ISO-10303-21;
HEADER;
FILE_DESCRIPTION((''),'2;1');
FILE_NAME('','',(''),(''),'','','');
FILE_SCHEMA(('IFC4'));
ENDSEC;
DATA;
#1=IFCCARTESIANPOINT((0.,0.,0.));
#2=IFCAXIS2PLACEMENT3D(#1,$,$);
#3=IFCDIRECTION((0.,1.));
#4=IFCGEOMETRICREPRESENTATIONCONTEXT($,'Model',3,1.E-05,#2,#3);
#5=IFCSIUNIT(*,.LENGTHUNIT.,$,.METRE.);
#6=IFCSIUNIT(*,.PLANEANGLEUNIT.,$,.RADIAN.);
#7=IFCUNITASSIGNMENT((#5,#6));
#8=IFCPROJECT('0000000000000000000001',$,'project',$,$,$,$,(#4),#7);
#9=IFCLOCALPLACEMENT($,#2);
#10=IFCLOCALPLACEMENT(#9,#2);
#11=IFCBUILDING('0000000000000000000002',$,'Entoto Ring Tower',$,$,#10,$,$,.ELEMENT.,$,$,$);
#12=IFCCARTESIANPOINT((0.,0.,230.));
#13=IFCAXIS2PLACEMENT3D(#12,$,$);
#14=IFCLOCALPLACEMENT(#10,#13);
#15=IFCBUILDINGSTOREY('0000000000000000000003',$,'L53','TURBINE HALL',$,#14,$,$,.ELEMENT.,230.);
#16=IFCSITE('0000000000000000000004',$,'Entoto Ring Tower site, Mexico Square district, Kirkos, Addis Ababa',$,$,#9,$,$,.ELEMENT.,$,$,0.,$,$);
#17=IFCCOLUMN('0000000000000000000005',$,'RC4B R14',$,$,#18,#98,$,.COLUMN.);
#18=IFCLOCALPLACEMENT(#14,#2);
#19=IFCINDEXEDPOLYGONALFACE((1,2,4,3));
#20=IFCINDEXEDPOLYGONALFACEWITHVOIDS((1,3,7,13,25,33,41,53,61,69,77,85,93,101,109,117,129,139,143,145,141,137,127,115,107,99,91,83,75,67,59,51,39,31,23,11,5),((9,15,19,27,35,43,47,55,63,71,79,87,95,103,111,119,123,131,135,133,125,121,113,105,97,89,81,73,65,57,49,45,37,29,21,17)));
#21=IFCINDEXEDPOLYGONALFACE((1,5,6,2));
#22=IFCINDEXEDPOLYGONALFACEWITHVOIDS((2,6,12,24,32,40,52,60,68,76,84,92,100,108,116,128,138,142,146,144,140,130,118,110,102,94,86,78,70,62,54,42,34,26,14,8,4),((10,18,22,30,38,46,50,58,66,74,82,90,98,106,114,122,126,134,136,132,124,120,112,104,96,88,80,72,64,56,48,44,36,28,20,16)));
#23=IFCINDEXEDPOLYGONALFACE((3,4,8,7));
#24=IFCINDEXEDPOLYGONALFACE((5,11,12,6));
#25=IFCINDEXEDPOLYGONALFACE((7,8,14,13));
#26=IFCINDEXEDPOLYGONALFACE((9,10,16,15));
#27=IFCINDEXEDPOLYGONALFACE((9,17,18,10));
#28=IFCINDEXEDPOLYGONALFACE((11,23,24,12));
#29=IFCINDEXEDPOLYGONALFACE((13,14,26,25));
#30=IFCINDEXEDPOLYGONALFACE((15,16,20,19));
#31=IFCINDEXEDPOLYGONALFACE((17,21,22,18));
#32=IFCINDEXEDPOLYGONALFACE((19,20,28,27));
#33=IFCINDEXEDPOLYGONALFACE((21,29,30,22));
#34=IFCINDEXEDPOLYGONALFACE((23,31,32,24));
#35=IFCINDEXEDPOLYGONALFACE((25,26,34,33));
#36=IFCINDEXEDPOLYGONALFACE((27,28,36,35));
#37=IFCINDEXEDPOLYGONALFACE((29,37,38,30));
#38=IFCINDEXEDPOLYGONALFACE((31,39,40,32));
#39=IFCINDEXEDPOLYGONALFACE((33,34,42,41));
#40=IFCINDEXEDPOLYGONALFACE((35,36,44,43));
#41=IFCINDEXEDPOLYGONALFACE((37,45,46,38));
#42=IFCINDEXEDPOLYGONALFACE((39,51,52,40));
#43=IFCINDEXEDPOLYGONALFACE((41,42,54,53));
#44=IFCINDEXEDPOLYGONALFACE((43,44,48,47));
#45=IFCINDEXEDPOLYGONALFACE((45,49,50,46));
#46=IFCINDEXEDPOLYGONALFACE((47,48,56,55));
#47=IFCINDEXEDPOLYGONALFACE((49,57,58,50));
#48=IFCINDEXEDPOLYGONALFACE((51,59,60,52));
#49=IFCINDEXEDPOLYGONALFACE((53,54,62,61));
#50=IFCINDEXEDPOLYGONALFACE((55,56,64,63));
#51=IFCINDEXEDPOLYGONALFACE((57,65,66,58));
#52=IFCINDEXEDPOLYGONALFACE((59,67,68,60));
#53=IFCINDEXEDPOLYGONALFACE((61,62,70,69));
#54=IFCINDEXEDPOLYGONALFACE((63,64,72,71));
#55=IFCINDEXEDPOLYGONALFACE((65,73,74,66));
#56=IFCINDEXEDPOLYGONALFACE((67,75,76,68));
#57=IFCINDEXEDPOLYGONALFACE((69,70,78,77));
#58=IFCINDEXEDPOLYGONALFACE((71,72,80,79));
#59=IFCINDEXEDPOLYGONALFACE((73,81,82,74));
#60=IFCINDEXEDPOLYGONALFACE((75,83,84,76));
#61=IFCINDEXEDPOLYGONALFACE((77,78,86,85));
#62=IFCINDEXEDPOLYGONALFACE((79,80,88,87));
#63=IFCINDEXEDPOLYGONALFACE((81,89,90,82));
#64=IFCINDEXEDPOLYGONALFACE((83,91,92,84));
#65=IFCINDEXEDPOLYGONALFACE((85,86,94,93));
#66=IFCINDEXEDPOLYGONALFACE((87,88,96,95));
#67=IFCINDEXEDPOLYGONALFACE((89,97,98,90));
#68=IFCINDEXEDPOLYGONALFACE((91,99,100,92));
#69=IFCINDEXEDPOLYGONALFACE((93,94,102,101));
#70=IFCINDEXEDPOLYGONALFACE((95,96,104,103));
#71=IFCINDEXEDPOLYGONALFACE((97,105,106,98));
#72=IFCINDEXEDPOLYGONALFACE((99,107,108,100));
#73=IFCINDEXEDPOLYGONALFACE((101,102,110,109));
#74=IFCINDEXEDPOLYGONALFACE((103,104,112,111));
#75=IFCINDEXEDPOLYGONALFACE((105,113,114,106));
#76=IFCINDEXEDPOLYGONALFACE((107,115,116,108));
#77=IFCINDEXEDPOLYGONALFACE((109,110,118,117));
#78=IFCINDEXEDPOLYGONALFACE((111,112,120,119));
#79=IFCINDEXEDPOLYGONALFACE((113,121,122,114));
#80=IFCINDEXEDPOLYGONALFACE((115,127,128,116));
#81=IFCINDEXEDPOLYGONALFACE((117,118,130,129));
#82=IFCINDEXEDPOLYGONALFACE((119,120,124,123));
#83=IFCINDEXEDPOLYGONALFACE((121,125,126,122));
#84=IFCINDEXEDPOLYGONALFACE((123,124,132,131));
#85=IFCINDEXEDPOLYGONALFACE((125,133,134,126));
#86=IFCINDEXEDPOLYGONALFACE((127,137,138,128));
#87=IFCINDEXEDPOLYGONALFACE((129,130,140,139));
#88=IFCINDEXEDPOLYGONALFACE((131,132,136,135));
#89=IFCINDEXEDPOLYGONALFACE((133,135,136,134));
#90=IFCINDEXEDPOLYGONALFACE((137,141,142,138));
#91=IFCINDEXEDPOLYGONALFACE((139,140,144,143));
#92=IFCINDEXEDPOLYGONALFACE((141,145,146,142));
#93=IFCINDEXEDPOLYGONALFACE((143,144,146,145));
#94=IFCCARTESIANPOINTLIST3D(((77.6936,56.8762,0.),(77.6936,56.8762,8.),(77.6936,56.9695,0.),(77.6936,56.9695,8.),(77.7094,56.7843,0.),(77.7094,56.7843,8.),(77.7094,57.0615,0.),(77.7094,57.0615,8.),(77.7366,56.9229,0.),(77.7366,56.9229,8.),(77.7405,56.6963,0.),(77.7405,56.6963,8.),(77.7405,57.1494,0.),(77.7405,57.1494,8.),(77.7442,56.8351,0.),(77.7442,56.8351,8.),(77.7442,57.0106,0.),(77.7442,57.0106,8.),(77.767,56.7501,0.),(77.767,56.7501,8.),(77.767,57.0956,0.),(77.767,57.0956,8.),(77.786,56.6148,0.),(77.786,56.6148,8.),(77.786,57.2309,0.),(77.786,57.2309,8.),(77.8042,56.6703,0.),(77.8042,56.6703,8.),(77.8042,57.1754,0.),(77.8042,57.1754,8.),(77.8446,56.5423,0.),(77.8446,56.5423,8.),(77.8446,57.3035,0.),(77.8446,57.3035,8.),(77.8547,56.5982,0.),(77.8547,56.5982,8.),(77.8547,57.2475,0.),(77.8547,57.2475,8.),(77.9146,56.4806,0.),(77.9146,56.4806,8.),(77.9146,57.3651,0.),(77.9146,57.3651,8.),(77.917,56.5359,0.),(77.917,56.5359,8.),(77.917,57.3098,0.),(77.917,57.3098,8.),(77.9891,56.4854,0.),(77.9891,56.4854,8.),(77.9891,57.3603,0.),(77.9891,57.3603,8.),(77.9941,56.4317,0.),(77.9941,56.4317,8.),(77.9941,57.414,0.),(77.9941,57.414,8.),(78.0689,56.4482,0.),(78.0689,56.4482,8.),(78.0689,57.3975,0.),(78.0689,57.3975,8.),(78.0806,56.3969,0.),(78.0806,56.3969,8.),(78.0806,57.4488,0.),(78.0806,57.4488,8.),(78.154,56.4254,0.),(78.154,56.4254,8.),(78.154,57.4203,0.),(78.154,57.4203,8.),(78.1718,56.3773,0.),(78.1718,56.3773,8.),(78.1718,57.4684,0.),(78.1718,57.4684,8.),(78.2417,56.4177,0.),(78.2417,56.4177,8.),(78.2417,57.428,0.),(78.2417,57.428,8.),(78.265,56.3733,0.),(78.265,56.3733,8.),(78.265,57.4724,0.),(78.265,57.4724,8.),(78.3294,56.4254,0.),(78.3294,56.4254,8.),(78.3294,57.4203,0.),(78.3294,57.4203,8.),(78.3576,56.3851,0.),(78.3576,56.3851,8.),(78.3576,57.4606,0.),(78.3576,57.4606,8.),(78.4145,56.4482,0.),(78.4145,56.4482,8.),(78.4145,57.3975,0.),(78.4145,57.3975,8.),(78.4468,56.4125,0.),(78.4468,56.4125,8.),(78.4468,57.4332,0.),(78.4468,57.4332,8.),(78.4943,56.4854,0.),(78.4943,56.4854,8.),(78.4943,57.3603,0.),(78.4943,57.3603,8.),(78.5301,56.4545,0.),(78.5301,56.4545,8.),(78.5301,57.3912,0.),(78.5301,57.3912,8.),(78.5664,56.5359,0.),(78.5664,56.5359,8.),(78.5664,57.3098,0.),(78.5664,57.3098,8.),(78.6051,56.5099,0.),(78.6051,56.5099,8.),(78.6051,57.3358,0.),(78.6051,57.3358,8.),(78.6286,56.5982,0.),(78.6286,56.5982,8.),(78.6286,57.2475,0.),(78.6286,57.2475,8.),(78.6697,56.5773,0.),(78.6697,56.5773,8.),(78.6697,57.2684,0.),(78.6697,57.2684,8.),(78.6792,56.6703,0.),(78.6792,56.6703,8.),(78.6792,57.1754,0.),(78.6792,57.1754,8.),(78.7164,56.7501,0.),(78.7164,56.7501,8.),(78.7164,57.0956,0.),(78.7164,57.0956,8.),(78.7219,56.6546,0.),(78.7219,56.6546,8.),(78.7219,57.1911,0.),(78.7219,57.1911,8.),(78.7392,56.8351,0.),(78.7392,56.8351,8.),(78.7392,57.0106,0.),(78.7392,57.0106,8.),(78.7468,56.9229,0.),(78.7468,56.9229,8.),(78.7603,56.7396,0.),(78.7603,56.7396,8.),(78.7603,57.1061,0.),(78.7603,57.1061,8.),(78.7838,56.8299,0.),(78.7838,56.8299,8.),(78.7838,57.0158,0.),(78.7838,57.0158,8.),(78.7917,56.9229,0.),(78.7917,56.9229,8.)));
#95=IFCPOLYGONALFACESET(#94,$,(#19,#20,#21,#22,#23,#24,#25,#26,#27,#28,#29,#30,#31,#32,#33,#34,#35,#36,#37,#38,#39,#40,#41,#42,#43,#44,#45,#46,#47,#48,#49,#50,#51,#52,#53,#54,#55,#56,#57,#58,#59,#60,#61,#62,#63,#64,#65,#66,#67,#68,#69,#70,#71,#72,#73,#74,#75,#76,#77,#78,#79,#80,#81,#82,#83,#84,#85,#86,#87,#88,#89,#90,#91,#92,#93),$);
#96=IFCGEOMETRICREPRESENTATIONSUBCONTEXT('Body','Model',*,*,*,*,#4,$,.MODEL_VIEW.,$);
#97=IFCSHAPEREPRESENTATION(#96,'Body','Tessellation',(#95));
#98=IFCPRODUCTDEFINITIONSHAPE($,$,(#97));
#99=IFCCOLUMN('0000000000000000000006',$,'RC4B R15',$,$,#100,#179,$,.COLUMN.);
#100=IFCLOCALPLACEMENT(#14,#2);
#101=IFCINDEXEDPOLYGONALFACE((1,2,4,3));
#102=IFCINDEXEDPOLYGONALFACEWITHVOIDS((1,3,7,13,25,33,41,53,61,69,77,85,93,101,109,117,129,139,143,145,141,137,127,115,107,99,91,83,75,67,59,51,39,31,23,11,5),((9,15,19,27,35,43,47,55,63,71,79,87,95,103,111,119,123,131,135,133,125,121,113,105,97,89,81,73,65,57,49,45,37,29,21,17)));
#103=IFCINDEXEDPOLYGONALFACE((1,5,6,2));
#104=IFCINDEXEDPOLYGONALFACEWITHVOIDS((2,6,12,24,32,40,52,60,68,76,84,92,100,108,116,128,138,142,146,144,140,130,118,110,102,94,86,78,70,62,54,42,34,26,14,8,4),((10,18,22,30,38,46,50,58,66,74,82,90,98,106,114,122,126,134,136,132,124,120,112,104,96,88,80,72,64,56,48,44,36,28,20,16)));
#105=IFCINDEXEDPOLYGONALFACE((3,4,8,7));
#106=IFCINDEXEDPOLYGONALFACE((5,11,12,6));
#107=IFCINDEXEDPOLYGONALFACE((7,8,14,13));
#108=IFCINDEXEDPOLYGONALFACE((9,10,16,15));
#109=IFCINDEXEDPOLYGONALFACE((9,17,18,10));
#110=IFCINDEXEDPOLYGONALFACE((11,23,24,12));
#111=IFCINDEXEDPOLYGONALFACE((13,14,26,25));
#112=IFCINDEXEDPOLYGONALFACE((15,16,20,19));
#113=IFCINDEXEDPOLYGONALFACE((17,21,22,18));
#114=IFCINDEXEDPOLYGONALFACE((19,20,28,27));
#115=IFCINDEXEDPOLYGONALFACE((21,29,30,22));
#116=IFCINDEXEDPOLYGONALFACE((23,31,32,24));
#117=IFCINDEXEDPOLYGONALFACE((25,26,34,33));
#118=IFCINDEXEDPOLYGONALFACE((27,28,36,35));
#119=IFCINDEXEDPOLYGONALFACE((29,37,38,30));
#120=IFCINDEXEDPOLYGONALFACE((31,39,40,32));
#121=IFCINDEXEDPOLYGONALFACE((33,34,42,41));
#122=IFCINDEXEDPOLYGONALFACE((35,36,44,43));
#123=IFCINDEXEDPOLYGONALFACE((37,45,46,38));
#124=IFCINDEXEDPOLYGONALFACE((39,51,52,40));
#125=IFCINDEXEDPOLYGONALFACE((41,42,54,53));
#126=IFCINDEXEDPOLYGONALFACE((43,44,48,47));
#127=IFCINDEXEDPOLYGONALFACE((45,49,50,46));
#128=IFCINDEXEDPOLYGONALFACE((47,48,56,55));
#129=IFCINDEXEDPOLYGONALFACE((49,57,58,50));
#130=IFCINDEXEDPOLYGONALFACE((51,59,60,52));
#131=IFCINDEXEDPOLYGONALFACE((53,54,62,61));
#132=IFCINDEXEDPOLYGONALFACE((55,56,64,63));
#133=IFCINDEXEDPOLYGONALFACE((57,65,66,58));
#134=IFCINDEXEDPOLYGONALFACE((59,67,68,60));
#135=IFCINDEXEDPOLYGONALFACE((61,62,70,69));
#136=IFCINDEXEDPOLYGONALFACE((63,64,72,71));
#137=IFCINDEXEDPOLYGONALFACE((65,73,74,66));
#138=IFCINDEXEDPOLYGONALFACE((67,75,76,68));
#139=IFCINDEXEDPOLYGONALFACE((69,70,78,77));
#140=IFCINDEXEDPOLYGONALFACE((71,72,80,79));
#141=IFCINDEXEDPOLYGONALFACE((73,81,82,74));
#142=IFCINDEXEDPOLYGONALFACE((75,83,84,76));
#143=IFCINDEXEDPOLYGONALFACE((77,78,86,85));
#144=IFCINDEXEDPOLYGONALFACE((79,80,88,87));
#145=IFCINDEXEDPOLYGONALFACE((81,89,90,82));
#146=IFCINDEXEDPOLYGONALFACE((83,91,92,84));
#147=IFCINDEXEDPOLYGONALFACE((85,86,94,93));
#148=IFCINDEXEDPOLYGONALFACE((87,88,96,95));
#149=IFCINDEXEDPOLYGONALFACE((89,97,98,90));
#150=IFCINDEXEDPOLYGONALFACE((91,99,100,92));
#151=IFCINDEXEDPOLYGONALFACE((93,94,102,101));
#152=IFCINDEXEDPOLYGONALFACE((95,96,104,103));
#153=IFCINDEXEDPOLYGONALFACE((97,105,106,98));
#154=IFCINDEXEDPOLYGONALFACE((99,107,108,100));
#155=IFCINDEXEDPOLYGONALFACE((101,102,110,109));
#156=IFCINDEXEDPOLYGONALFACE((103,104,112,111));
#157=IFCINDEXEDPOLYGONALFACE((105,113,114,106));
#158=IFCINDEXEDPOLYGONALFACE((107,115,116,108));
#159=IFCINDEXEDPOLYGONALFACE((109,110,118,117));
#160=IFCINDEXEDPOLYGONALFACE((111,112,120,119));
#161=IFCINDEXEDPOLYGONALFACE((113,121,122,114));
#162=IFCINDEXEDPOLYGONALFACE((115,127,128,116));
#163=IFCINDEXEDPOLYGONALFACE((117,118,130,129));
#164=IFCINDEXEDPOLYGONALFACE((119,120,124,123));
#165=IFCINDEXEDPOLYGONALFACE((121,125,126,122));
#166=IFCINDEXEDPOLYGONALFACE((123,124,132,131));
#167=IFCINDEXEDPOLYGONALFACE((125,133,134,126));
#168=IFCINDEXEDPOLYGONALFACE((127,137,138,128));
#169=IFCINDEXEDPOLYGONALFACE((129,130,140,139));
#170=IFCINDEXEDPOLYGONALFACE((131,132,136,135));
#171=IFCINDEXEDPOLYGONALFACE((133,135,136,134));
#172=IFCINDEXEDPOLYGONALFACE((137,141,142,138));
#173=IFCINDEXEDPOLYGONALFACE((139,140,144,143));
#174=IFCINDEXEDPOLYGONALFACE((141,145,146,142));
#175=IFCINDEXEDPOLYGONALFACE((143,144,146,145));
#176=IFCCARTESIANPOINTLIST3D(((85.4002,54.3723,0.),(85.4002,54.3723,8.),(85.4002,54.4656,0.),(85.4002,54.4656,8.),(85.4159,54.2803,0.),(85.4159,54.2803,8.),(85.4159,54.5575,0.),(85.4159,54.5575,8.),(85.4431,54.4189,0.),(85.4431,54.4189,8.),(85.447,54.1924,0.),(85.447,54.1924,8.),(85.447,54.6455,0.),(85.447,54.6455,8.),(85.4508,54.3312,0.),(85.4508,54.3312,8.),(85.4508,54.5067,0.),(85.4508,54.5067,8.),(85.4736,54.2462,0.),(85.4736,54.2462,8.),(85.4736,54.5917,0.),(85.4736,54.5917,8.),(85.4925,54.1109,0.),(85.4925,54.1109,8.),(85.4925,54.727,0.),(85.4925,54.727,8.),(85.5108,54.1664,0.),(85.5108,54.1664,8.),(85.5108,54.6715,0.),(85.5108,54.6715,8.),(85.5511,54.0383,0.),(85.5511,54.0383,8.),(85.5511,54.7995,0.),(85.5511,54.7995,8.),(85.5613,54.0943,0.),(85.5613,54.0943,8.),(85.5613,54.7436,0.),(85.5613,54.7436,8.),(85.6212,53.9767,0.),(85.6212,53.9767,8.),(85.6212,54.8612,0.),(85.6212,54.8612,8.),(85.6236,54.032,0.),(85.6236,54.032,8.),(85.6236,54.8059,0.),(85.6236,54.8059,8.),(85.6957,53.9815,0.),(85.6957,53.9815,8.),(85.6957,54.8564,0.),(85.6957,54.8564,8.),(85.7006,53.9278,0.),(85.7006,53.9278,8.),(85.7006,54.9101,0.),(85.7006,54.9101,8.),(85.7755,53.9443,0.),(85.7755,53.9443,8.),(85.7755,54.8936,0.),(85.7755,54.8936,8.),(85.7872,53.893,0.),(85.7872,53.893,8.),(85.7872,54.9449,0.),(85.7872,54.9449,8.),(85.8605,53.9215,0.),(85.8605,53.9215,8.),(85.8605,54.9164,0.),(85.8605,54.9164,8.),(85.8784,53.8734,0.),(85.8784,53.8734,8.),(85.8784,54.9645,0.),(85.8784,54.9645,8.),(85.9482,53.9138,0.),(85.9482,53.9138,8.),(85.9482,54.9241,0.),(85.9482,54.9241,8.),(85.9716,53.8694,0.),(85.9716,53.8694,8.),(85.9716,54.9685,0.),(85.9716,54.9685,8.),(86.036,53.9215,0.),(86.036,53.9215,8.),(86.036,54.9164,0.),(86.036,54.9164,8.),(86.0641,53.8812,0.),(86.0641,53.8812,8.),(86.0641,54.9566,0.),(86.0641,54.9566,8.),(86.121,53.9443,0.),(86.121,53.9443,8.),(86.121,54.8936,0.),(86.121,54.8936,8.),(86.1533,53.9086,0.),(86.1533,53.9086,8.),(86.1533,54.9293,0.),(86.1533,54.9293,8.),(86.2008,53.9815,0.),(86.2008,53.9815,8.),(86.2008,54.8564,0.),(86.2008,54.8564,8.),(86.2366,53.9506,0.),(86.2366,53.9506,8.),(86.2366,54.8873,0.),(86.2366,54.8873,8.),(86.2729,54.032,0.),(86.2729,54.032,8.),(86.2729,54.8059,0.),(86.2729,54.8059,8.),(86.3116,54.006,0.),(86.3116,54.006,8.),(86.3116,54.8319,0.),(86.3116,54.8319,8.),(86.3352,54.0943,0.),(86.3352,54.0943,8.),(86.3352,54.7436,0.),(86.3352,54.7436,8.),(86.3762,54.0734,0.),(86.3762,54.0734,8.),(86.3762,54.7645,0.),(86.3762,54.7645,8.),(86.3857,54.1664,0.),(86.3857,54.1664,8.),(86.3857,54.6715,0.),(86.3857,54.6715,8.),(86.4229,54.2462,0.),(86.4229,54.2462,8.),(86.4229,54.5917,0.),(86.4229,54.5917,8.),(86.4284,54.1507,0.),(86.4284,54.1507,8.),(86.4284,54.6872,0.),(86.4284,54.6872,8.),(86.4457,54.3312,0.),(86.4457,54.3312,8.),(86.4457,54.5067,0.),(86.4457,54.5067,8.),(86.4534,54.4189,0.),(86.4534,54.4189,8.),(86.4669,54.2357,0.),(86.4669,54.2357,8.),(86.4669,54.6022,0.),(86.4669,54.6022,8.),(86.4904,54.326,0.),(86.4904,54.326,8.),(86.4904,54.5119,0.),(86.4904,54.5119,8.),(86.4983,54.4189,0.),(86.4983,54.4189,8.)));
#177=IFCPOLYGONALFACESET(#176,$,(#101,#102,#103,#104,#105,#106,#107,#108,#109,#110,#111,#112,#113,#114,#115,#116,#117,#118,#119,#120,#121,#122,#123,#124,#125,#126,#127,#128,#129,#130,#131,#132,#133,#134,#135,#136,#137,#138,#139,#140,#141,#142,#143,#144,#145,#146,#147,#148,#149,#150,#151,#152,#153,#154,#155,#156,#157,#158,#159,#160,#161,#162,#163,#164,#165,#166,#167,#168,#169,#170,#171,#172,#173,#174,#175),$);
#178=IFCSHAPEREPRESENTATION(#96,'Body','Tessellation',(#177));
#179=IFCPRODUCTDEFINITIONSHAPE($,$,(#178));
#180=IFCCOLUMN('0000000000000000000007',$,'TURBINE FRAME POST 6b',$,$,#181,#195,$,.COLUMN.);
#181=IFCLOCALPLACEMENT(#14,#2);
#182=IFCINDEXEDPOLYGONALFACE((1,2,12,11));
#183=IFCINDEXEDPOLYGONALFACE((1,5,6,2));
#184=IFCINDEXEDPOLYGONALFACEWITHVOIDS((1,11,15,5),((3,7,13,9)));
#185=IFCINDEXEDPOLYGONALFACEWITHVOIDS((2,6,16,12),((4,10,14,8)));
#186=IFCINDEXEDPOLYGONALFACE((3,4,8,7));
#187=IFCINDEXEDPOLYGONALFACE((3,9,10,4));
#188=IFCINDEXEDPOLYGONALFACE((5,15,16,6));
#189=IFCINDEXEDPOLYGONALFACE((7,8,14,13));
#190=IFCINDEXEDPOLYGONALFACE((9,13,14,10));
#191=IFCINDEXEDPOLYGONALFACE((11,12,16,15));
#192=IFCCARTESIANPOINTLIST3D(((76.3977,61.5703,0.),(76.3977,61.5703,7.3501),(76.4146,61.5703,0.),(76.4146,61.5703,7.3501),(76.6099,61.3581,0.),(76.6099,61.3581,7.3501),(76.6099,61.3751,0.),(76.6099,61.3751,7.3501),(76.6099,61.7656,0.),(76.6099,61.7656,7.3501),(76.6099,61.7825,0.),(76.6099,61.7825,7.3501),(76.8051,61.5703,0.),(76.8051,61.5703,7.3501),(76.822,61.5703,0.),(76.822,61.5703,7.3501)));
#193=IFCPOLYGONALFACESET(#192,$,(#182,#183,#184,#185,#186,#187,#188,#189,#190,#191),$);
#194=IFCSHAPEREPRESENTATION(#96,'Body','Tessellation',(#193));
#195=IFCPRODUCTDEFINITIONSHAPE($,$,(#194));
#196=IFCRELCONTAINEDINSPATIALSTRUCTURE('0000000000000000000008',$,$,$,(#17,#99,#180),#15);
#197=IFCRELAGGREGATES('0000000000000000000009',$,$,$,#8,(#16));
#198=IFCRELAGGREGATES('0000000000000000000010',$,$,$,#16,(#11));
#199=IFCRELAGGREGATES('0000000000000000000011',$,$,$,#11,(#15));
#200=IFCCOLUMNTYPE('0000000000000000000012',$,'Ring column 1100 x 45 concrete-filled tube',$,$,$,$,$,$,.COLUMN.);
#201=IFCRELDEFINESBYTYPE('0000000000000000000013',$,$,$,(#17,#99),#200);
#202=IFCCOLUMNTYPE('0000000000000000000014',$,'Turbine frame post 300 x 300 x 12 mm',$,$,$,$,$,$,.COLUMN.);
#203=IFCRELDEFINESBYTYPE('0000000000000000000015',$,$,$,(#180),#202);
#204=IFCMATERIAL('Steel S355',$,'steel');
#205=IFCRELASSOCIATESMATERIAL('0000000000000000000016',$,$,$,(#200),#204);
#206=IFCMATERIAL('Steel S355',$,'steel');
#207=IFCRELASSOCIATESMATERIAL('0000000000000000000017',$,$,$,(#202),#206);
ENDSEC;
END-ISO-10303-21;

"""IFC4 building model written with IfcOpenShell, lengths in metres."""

from ifc_helpers import new_model, si_unit, direction, frame, origin, origin_2d, place, context, subcontext, project, spatial, hollow_rectangle, circle, hollow_circle, extrude, material, material_profile, profile_set, type_object, element, save


model = new_model("IFC4")

# Units and contexts
model_context = context("Model", 3, precision=1e-05, world=origin(), true_north=direction((0.0, 1.0)))
body_context = subcontext(model_context, "Body", "Model", "MODEL_VIEW")
ifc_project = project(units=[si_unit("LENGTHUNIT", "METRE"), si_unit("PLANEANGLEUNIT", "RADIAN")], contexts=[model_context])

# Site, building, storey
site_placement = place(None, origin())
site = spatial("IfcSite", under=ifc_project, at=site_placement, Name="Entoto Ring Tower site, Mexico Square district, Kirkos, Addis Ababa", CompositionType="ELEMENT", RefElevation=0.0)
building_placement = place(site_placement, origin())
building = spatial("IfcBuilding", under=site, at=building_placement, Name="Entoto Ring Tower", CompositionType="ELEMENT")
storey_placement = place(building_placement, frame((0.0, 0.0, 230.0)))
storey = spatial("IfcBuildingStorey", under=building, at=storey_placement, Name="L53", Description="TURBINE HALL", CompositionType="ELEMENT", Elevation=230.0)

# Columns
ifc_material_1 = material(Name="Steel S355", Category="steel")
ifc_material_profile_1 = material_profile(ifc_material_1, hollow_circle(Radius=0.55, WallThickness=0.0449, at=origin_2d()), Name="CHS 1100 x 45")
ifc_material_2 = material(Name="Concrete C60/75", Category="concrete")
ifc_material_profile_2 = material_profile(ifc_material_2, circle(Radius=0.5049, at=origin_2d()), Name="Concrete C60/75 infill")
ifc_profile_set_1 = profile_set([ifc_material_profile_1, ifc_material_profile_2], Name="Steel S355")
column_type_1 = type_object("IfcColumnType", Name="Ring column 1100 x 45 concrete-filled tube", PredefinedType="COLUMN", material=ifc_profile_set_1)
for number, where, z_axis, x_axis, name in (
    (1, (78.2417, 56.9229, 0.0), (0.0, 0.0, 1.0), (1.0, 0.0, 0.0), "RC4B R14"),
    (2, (85.9482, 54.4189, 0.0), (0.0, 0.0, 1.0), (1.0, 0.0, 0.0), "RC4B R15"),
):
    element("IfcColumn", number, at=place(storey_placement, frame(where, z_axis=z_axis, x_axis=x_axis)), inside=storey, type_object=column_type_1, Name=name, PredefinedType="COLUMN", context=body_context, shape_type="SweptSolid", body=[
        extrude(hollow_circle(Radius=0.55, WallThickness=0.0449, at=origin_2d()), origin(), (0.0, 0.0, 1.0), 8.0),
    ])
ifc_material_3 = material(Name="Steel S355", Category="steel")
ifc_material_profile_3 = material_profile(ifc_material_3, hollow_rectangle(XDim=0.3, YDim=0.3, WallThickness=0.012, at=origin_2d()), Name="Turbine frame post 300 x 300 x 12 mm")
ifc_profile_set_2 = profile_set([ifc_material_profile_3], Name="Steel S355")
column_type_2 = type_object("IfcColumnType", Name="Turbine frame post 300 x 300 x 12 mm", PredefinedType="COLUMN", material=ifc_profile_set_2)
column_placement = place(storey_placement, frame((76.6099, 61.5703, 0.0), z_axis=(0.0, 0.0, 1.0), x_axis=(0.707107, -0.707107, 0.0)))
element("IfcColumn", 3, at=column_placement, inside=storey, type_object=column_type_2, Name="TURBINE FRAME POST 6b", PredefinedType="COLUMN", context=body_context, shape_type="SweptSolid", body=[
    extrude(hollow_rectangle(XDim=0.3, YDim=0.3, WallThickness=0.012, at=origin_2d()), origin(), (0.0, 0.0, 1.0), 7.3501),
])

save(model, "model.ifc")
